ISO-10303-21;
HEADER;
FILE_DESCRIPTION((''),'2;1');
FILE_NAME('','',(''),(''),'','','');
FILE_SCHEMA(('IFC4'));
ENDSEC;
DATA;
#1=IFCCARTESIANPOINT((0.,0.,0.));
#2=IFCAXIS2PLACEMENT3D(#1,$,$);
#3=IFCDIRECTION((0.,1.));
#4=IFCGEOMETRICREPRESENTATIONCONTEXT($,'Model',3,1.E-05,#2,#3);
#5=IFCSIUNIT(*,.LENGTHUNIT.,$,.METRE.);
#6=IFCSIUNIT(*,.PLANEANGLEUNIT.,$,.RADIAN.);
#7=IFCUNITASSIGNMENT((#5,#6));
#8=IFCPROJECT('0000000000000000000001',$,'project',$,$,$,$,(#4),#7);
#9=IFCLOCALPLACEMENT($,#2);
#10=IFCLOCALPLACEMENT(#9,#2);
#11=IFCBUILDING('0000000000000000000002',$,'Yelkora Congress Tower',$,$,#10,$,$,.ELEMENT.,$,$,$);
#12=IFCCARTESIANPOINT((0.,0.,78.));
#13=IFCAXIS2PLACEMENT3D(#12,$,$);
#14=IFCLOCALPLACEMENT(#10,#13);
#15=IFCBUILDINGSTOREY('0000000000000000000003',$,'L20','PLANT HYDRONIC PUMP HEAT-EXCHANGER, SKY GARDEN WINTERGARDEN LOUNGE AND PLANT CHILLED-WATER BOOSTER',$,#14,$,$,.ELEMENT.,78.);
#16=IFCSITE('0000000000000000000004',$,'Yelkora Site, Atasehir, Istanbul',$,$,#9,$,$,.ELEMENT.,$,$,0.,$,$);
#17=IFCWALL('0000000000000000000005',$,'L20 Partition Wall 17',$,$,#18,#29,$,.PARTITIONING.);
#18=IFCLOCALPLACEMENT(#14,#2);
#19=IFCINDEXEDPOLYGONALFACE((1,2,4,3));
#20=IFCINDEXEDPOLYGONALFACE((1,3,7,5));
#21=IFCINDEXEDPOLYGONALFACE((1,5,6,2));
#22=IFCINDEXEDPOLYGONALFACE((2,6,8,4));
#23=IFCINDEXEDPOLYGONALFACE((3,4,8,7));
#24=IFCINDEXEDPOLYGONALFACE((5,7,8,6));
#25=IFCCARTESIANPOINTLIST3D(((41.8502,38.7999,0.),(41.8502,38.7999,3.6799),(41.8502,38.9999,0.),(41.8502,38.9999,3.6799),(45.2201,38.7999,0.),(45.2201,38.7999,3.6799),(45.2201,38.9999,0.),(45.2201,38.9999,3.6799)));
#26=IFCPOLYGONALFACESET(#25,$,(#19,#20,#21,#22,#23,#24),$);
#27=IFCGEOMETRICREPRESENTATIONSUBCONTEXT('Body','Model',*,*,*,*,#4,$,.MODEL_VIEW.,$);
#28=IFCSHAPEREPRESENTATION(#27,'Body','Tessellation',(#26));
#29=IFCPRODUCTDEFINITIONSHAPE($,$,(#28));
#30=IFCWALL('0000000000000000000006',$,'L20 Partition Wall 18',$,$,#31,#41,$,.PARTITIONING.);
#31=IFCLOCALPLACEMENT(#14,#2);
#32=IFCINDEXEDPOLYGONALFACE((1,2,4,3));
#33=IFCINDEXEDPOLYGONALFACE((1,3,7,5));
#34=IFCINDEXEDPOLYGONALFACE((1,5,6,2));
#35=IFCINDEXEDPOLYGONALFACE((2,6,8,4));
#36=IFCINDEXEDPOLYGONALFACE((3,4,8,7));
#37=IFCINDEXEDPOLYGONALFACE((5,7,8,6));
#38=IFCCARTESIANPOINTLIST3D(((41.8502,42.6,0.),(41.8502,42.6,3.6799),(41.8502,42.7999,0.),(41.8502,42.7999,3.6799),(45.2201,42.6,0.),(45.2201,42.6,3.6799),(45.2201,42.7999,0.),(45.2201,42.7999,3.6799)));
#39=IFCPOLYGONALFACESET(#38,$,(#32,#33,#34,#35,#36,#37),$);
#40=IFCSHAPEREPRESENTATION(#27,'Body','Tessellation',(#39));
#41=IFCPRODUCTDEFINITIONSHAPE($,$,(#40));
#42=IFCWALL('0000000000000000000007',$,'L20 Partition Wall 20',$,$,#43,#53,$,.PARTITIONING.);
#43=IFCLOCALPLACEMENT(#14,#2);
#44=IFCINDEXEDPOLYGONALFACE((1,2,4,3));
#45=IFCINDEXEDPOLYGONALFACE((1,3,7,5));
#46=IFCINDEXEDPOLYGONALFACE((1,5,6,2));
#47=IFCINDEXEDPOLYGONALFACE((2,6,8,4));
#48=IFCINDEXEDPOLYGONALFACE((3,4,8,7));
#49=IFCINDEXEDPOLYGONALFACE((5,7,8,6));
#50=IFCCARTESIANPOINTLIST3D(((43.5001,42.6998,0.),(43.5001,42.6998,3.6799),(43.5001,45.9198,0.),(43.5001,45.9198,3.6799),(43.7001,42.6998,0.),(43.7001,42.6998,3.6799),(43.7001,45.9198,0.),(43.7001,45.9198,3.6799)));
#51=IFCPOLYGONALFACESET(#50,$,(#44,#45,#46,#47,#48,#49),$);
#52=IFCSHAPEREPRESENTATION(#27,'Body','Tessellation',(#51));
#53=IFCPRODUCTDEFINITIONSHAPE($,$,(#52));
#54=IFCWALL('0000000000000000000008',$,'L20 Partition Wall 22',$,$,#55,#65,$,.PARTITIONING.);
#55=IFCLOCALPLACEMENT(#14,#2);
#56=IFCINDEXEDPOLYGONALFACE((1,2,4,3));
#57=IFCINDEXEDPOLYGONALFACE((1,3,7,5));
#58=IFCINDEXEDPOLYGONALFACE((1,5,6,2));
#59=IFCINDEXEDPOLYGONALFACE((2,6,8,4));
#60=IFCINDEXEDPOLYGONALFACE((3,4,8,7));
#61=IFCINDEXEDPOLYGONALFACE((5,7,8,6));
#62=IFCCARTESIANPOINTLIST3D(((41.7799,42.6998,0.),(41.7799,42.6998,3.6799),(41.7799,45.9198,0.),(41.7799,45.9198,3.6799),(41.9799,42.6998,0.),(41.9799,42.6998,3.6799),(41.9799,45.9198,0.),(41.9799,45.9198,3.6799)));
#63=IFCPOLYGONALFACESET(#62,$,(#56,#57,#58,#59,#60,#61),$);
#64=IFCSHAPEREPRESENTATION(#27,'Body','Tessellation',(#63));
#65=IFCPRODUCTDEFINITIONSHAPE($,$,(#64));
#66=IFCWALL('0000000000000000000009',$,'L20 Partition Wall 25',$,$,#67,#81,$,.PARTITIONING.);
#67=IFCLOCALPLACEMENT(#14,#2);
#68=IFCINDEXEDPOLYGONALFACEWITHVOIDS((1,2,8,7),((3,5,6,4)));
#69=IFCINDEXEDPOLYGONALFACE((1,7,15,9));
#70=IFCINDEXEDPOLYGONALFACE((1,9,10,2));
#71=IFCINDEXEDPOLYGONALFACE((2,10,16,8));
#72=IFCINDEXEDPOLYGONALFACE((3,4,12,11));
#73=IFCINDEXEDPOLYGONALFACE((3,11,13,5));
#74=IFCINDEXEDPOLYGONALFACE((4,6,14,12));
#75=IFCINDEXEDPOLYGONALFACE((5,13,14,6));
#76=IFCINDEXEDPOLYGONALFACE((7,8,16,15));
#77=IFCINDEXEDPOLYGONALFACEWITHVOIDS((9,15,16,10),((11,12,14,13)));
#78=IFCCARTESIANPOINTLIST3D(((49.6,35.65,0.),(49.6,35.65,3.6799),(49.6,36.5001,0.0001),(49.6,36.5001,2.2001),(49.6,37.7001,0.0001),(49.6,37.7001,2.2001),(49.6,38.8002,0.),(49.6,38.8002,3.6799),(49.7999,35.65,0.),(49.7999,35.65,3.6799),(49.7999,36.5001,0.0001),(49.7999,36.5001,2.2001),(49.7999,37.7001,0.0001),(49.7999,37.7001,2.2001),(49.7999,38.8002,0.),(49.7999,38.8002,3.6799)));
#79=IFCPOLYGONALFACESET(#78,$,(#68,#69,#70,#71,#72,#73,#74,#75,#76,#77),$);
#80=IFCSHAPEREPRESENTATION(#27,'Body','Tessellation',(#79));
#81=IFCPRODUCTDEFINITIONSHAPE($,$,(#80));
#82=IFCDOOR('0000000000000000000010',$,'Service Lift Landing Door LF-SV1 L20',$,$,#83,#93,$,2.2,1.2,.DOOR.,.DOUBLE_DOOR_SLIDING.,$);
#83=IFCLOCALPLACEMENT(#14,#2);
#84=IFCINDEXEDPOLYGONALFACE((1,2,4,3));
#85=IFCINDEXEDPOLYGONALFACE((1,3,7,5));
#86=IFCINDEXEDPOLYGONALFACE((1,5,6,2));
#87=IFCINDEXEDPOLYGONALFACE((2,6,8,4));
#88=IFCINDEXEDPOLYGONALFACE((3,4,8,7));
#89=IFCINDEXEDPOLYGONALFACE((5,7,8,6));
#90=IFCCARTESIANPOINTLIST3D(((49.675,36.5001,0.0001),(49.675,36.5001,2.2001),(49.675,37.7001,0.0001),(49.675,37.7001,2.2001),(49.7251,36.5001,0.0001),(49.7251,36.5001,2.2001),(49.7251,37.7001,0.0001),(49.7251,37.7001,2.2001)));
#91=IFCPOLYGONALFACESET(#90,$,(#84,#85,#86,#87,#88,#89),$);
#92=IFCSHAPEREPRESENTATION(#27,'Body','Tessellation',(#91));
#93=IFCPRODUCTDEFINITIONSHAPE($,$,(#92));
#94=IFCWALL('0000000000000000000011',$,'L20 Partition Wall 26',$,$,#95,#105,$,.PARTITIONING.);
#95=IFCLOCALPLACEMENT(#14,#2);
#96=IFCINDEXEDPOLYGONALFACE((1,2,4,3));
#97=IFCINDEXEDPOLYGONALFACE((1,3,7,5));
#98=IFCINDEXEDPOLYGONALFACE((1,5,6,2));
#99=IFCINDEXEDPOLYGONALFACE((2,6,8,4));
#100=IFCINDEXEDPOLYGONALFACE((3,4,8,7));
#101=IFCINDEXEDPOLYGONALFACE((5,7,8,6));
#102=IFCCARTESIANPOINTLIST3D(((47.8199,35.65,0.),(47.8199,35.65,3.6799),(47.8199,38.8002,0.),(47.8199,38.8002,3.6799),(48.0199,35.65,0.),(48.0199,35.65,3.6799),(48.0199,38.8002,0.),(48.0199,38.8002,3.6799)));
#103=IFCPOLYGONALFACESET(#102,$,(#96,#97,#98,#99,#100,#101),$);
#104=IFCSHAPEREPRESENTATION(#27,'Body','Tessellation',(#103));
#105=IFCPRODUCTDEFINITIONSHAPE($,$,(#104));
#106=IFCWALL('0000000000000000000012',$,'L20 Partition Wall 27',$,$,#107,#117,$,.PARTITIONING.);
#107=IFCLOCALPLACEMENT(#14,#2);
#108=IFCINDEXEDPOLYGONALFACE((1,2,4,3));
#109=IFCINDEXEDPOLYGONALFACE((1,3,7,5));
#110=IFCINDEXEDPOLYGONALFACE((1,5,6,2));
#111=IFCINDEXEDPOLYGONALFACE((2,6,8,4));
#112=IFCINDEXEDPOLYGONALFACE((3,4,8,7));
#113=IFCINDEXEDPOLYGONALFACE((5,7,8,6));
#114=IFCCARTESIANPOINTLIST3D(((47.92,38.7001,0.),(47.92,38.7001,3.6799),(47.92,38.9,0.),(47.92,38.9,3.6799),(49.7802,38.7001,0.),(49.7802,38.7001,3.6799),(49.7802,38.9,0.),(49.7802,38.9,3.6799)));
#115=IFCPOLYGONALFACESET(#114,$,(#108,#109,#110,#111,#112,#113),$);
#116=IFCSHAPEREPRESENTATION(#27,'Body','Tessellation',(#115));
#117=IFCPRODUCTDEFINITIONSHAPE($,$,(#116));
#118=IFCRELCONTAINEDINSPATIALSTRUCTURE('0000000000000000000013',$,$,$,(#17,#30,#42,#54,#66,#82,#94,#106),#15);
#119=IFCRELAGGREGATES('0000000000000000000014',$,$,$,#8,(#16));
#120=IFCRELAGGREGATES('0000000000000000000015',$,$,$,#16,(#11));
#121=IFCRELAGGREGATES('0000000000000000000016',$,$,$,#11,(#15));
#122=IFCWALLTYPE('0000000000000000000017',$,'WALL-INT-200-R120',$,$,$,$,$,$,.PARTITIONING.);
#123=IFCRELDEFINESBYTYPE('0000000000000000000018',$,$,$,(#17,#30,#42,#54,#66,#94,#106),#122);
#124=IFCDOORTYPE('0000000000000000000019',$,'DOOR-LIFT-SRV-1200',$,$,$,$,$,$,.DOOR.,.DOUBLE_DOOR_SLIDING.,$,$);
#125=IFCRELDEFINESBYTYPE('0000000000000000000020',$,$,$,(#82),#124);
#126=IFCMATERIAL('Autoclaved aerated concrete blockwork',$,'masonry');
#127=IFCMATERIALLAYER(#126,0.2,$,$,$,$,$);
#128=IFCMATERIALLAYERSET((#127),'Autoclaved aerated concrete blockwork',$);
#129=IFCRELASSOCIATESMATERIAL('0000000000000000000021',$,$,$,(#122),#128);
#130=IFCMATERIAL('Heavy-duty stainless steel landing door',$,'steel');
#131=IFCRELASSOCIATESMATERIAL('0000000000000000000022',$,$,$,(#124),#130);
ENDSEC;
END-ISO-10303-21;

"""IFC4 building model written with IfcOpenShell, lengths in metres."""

from ifc_helpers import new_model, si_unit, direction, frame, frame_2d, origin, place, context, subcontext, project, spatial, rectangle, extrude, material, layer, layer_set, type_object, element, fill, save


model = new_model("IFC4")

# Units and contexts
model_context = context("Model", 3, precision=1e-05, world=origin(), true_north=direction((0.0, 1.0)))
body_context = subcontext(model_context, "Body", "Model", "MODEL_VIEW")
ifc_project = project(units=[si_unit("LENGTHUNIT", "METRE"), si_unit("PLANEANGLEUNIT", "RADIAN")], contexts=[model_context])

# Site, building, storey
site_placement = place(None, origin())
site = spatial("IfcSite", under=ifc_project, at=site_placement, Name="Yelkora Site, Atasehir, Istanbul", CompositionType="ELEMENT", RefElevation=0.0)
building_placement = place(site_placement, origin())
building = spatial("IfcBuilding", under=site, at=building_placement, Name="Yelkora Congress Tower", CompositionType="ELEMENT")
storey_placement = place(building_placement, frame((0.0, 0.0, 78.0)))
storey = spatial("IfcBuildingStorey", under=building, at=storey_placement, Name="L20", Description="PLANT HYDRONIC PUMP HEAT-EXCHANGER, SKY GARDEN WINTERGARDEN LOUNGE AND PLANT CHILLED-WATER BOOSTER", CompositionType="ELEMENT", Elevation=78.0)

# Walls
ifc_material_1 = material(Name="Autoclaved aerated concrete blockwork", Category="masonry")
ifc_layer_1 = layer(ifc_material_1, 0.2)
ifc_layer_set_1 = layer_set([ifc_layer_1], Name="Autoclaved aerated concrete blockwork")
wall_type_1 = type_object("IfcWallType", Name="WALL-INT-200-R120", PredefinedType="PARTITIONING", material=ifc_layer_set_1)
for number, where, z_axis, x_axis, name in (
    (1, (41.8501, 38.8999, 0.0), (0.0, 0.0, 1.0), (1.0, 0.0, 0.0), "L20 Partition Wall 17"),
    (2, (41.8501, 42.7, 0.0), (0.0, 0.0, 1.0), (1.0, 0.0, 0.0), "L20 Partition Wall 18"),
):
    element("IfcWall", number, at=place(storey_placement, frame(where, z_axis=z_axis, x_axis=x_axis)), inside=storey, type_object=wall_type_1, Name=name, PredefinedType="PARTITIONING", context=body_context, shape_type="SweptSolid", body=[
        extrude(rectangle(XDim=3.3699, YDim=0.2, at=frame_2d((1.6851, 0.0))), origin(), (0.0, 0.0, 1.0), 3.6799),
    ])
for number, where, z_axis, x_axis, name in (
    (3, (43.6001, 42.7, 0.0), (0.0, 0.0, 1.0), (0.0, 1.0, 0.0), "L20 Partition Wall 20"),
    (4, (41.8799, 42.7, 0.0), (0.0, 0.0, 1.0), (0.0, 1.0, 0.0), "L20 Partition Wall 22"),
):
    element("IfcWall", number, at=place(storey_placement, frame(where, z_axis=z_axis, x_axis=x_axis)), inside=storey, type_object=wall_type_1, Name=name, PredefinedType="PARTITIONING", context=body_context, shape_type="SweptSolid", body=[
        extrude(rectangle(XDim=3.22, YDim=0.2, at=frame_2d((1.6099, 0.0))), origin(), (0.0, 0.0, 1.0), 3.6799),
    ])

# Wall, opening, door
wall_1_placement = place(storey_placement, frame((49.7, 35.6499, 0.0), z_axis=(0.0, 0.0, 1.0), x_axis=(0.0, 1.0, 0.0)))
wall_1 = element("IfcWall", 5, at=wall_1_placement, inside=storey, type_object=wall_type_1, Name="L20 Partition Wall 25", PredefinedType="PARTITIONING", context=body_context, shape_type="SweptSolid", body=[
    extrude(rectangle(XDim=3.1501, YDim=0.2, at=frame_2d((1.5752, 0.0))), origin(), (0.0, 0.0, 1.0), 3.6799),
])
opening_1_placement = place(wall_1_placement, frame((0.8501, 0.0, 0.0)))
opening_1 = element("IfcOpeningElement", 6, at=opening_1_placement, cuts=wall_1, PredefinedType="OPENING", context=body_context, shape_type="SweptSolid", body=[
    extrude(rectangle(XDim=1.2, YDim=2.2, at=frame_2d((0.6001, 1.1001))), frame((0.0, 0.1099, 0.0), z_axis=(0.0, -1.0, 0.0), x_axis=(1.0, 0.0, 0.0)), (0.0, 0.0, 1.0), 0.22),
])
ifc_material_2 = material(Name="Heavy-duty stainless steel landing door", Category="steel")
door_type_1 = type_object("IfcDoorType", Name="DOOR-LIFT-SRV-1200", OperationType="DOUBLE_DOOR_SLIDING", PredefinedType="DOOR", material=ifc_material_2)
door_1_placement = place(opening_1_placement, origin())
door_1 = element("IfcDoor", 7, at=door_1_placement, inside=storey, type_object=door_type_1, Name="Service Lift Landing Door LF-SV1 L20", OperationType="DOUBLE_DOOR_SLIDING", OverallHeight=2.2, OverallWidth=1.2, PredefinedType="DOOR", context=body_context, shape_type="SweptSolid", body=[
    extrude(rectangle(XDim=1.2, YDim=2.2, at=frame_2d((0.6001, 1.1001))), frame((0.0, 0.0249, 0.0), z_axis=(0.0, -1.0, 0.0), x_axis=(1.0, 0.0, 0.0)), (0.0, 0.0, 1.0), 0.05),
])
fill(opening_1, door_1)

# Walls
wall_2_placement = place(storey_placement, frame((47.9199, 35.6499, 0.0), z_axis=(0.0, 0.0, 1.0), x_axis=(0.0, 1.0, 0.0)))
element("IfcWall", 8, at=wall_2_placement, inside=storey, type_object=wall_type_1, Name="L20 Partition Wall 26", PredefinedType="PARTITIONING", context=body_context, shape_type="SweptSolid", body=[
    extrude(rectangle(XDim=3.1501, YDim=0.2, at=frame_2d((1.5752, 0.0))), origin(), (0.0, 0.0, 1.0), 3.6799),
])
wall_3_placement = place(storey_placement, frame((47.9199, 38.8, 0.0), z_axis=(0.0, 0.0, 1.0), x_axis=(1.0, 0.0, 0.0)))
element("IfcWall", 9, at=wall_3_placement, inside=storey, type_object=wall_type_1, Name="L20 Partition Wall 27", PredefinedType="PARTITIONING", context=body_context, shape_type="SweptSolid", body=[
    extrude(rectangle(XDim=1.8601, YDim=0.2, at=frame_2d((0.9302, 0.0))), origin(), (0.0, 0.0, 1.0), 3.6799),
])

save(model, "model.ifc")
